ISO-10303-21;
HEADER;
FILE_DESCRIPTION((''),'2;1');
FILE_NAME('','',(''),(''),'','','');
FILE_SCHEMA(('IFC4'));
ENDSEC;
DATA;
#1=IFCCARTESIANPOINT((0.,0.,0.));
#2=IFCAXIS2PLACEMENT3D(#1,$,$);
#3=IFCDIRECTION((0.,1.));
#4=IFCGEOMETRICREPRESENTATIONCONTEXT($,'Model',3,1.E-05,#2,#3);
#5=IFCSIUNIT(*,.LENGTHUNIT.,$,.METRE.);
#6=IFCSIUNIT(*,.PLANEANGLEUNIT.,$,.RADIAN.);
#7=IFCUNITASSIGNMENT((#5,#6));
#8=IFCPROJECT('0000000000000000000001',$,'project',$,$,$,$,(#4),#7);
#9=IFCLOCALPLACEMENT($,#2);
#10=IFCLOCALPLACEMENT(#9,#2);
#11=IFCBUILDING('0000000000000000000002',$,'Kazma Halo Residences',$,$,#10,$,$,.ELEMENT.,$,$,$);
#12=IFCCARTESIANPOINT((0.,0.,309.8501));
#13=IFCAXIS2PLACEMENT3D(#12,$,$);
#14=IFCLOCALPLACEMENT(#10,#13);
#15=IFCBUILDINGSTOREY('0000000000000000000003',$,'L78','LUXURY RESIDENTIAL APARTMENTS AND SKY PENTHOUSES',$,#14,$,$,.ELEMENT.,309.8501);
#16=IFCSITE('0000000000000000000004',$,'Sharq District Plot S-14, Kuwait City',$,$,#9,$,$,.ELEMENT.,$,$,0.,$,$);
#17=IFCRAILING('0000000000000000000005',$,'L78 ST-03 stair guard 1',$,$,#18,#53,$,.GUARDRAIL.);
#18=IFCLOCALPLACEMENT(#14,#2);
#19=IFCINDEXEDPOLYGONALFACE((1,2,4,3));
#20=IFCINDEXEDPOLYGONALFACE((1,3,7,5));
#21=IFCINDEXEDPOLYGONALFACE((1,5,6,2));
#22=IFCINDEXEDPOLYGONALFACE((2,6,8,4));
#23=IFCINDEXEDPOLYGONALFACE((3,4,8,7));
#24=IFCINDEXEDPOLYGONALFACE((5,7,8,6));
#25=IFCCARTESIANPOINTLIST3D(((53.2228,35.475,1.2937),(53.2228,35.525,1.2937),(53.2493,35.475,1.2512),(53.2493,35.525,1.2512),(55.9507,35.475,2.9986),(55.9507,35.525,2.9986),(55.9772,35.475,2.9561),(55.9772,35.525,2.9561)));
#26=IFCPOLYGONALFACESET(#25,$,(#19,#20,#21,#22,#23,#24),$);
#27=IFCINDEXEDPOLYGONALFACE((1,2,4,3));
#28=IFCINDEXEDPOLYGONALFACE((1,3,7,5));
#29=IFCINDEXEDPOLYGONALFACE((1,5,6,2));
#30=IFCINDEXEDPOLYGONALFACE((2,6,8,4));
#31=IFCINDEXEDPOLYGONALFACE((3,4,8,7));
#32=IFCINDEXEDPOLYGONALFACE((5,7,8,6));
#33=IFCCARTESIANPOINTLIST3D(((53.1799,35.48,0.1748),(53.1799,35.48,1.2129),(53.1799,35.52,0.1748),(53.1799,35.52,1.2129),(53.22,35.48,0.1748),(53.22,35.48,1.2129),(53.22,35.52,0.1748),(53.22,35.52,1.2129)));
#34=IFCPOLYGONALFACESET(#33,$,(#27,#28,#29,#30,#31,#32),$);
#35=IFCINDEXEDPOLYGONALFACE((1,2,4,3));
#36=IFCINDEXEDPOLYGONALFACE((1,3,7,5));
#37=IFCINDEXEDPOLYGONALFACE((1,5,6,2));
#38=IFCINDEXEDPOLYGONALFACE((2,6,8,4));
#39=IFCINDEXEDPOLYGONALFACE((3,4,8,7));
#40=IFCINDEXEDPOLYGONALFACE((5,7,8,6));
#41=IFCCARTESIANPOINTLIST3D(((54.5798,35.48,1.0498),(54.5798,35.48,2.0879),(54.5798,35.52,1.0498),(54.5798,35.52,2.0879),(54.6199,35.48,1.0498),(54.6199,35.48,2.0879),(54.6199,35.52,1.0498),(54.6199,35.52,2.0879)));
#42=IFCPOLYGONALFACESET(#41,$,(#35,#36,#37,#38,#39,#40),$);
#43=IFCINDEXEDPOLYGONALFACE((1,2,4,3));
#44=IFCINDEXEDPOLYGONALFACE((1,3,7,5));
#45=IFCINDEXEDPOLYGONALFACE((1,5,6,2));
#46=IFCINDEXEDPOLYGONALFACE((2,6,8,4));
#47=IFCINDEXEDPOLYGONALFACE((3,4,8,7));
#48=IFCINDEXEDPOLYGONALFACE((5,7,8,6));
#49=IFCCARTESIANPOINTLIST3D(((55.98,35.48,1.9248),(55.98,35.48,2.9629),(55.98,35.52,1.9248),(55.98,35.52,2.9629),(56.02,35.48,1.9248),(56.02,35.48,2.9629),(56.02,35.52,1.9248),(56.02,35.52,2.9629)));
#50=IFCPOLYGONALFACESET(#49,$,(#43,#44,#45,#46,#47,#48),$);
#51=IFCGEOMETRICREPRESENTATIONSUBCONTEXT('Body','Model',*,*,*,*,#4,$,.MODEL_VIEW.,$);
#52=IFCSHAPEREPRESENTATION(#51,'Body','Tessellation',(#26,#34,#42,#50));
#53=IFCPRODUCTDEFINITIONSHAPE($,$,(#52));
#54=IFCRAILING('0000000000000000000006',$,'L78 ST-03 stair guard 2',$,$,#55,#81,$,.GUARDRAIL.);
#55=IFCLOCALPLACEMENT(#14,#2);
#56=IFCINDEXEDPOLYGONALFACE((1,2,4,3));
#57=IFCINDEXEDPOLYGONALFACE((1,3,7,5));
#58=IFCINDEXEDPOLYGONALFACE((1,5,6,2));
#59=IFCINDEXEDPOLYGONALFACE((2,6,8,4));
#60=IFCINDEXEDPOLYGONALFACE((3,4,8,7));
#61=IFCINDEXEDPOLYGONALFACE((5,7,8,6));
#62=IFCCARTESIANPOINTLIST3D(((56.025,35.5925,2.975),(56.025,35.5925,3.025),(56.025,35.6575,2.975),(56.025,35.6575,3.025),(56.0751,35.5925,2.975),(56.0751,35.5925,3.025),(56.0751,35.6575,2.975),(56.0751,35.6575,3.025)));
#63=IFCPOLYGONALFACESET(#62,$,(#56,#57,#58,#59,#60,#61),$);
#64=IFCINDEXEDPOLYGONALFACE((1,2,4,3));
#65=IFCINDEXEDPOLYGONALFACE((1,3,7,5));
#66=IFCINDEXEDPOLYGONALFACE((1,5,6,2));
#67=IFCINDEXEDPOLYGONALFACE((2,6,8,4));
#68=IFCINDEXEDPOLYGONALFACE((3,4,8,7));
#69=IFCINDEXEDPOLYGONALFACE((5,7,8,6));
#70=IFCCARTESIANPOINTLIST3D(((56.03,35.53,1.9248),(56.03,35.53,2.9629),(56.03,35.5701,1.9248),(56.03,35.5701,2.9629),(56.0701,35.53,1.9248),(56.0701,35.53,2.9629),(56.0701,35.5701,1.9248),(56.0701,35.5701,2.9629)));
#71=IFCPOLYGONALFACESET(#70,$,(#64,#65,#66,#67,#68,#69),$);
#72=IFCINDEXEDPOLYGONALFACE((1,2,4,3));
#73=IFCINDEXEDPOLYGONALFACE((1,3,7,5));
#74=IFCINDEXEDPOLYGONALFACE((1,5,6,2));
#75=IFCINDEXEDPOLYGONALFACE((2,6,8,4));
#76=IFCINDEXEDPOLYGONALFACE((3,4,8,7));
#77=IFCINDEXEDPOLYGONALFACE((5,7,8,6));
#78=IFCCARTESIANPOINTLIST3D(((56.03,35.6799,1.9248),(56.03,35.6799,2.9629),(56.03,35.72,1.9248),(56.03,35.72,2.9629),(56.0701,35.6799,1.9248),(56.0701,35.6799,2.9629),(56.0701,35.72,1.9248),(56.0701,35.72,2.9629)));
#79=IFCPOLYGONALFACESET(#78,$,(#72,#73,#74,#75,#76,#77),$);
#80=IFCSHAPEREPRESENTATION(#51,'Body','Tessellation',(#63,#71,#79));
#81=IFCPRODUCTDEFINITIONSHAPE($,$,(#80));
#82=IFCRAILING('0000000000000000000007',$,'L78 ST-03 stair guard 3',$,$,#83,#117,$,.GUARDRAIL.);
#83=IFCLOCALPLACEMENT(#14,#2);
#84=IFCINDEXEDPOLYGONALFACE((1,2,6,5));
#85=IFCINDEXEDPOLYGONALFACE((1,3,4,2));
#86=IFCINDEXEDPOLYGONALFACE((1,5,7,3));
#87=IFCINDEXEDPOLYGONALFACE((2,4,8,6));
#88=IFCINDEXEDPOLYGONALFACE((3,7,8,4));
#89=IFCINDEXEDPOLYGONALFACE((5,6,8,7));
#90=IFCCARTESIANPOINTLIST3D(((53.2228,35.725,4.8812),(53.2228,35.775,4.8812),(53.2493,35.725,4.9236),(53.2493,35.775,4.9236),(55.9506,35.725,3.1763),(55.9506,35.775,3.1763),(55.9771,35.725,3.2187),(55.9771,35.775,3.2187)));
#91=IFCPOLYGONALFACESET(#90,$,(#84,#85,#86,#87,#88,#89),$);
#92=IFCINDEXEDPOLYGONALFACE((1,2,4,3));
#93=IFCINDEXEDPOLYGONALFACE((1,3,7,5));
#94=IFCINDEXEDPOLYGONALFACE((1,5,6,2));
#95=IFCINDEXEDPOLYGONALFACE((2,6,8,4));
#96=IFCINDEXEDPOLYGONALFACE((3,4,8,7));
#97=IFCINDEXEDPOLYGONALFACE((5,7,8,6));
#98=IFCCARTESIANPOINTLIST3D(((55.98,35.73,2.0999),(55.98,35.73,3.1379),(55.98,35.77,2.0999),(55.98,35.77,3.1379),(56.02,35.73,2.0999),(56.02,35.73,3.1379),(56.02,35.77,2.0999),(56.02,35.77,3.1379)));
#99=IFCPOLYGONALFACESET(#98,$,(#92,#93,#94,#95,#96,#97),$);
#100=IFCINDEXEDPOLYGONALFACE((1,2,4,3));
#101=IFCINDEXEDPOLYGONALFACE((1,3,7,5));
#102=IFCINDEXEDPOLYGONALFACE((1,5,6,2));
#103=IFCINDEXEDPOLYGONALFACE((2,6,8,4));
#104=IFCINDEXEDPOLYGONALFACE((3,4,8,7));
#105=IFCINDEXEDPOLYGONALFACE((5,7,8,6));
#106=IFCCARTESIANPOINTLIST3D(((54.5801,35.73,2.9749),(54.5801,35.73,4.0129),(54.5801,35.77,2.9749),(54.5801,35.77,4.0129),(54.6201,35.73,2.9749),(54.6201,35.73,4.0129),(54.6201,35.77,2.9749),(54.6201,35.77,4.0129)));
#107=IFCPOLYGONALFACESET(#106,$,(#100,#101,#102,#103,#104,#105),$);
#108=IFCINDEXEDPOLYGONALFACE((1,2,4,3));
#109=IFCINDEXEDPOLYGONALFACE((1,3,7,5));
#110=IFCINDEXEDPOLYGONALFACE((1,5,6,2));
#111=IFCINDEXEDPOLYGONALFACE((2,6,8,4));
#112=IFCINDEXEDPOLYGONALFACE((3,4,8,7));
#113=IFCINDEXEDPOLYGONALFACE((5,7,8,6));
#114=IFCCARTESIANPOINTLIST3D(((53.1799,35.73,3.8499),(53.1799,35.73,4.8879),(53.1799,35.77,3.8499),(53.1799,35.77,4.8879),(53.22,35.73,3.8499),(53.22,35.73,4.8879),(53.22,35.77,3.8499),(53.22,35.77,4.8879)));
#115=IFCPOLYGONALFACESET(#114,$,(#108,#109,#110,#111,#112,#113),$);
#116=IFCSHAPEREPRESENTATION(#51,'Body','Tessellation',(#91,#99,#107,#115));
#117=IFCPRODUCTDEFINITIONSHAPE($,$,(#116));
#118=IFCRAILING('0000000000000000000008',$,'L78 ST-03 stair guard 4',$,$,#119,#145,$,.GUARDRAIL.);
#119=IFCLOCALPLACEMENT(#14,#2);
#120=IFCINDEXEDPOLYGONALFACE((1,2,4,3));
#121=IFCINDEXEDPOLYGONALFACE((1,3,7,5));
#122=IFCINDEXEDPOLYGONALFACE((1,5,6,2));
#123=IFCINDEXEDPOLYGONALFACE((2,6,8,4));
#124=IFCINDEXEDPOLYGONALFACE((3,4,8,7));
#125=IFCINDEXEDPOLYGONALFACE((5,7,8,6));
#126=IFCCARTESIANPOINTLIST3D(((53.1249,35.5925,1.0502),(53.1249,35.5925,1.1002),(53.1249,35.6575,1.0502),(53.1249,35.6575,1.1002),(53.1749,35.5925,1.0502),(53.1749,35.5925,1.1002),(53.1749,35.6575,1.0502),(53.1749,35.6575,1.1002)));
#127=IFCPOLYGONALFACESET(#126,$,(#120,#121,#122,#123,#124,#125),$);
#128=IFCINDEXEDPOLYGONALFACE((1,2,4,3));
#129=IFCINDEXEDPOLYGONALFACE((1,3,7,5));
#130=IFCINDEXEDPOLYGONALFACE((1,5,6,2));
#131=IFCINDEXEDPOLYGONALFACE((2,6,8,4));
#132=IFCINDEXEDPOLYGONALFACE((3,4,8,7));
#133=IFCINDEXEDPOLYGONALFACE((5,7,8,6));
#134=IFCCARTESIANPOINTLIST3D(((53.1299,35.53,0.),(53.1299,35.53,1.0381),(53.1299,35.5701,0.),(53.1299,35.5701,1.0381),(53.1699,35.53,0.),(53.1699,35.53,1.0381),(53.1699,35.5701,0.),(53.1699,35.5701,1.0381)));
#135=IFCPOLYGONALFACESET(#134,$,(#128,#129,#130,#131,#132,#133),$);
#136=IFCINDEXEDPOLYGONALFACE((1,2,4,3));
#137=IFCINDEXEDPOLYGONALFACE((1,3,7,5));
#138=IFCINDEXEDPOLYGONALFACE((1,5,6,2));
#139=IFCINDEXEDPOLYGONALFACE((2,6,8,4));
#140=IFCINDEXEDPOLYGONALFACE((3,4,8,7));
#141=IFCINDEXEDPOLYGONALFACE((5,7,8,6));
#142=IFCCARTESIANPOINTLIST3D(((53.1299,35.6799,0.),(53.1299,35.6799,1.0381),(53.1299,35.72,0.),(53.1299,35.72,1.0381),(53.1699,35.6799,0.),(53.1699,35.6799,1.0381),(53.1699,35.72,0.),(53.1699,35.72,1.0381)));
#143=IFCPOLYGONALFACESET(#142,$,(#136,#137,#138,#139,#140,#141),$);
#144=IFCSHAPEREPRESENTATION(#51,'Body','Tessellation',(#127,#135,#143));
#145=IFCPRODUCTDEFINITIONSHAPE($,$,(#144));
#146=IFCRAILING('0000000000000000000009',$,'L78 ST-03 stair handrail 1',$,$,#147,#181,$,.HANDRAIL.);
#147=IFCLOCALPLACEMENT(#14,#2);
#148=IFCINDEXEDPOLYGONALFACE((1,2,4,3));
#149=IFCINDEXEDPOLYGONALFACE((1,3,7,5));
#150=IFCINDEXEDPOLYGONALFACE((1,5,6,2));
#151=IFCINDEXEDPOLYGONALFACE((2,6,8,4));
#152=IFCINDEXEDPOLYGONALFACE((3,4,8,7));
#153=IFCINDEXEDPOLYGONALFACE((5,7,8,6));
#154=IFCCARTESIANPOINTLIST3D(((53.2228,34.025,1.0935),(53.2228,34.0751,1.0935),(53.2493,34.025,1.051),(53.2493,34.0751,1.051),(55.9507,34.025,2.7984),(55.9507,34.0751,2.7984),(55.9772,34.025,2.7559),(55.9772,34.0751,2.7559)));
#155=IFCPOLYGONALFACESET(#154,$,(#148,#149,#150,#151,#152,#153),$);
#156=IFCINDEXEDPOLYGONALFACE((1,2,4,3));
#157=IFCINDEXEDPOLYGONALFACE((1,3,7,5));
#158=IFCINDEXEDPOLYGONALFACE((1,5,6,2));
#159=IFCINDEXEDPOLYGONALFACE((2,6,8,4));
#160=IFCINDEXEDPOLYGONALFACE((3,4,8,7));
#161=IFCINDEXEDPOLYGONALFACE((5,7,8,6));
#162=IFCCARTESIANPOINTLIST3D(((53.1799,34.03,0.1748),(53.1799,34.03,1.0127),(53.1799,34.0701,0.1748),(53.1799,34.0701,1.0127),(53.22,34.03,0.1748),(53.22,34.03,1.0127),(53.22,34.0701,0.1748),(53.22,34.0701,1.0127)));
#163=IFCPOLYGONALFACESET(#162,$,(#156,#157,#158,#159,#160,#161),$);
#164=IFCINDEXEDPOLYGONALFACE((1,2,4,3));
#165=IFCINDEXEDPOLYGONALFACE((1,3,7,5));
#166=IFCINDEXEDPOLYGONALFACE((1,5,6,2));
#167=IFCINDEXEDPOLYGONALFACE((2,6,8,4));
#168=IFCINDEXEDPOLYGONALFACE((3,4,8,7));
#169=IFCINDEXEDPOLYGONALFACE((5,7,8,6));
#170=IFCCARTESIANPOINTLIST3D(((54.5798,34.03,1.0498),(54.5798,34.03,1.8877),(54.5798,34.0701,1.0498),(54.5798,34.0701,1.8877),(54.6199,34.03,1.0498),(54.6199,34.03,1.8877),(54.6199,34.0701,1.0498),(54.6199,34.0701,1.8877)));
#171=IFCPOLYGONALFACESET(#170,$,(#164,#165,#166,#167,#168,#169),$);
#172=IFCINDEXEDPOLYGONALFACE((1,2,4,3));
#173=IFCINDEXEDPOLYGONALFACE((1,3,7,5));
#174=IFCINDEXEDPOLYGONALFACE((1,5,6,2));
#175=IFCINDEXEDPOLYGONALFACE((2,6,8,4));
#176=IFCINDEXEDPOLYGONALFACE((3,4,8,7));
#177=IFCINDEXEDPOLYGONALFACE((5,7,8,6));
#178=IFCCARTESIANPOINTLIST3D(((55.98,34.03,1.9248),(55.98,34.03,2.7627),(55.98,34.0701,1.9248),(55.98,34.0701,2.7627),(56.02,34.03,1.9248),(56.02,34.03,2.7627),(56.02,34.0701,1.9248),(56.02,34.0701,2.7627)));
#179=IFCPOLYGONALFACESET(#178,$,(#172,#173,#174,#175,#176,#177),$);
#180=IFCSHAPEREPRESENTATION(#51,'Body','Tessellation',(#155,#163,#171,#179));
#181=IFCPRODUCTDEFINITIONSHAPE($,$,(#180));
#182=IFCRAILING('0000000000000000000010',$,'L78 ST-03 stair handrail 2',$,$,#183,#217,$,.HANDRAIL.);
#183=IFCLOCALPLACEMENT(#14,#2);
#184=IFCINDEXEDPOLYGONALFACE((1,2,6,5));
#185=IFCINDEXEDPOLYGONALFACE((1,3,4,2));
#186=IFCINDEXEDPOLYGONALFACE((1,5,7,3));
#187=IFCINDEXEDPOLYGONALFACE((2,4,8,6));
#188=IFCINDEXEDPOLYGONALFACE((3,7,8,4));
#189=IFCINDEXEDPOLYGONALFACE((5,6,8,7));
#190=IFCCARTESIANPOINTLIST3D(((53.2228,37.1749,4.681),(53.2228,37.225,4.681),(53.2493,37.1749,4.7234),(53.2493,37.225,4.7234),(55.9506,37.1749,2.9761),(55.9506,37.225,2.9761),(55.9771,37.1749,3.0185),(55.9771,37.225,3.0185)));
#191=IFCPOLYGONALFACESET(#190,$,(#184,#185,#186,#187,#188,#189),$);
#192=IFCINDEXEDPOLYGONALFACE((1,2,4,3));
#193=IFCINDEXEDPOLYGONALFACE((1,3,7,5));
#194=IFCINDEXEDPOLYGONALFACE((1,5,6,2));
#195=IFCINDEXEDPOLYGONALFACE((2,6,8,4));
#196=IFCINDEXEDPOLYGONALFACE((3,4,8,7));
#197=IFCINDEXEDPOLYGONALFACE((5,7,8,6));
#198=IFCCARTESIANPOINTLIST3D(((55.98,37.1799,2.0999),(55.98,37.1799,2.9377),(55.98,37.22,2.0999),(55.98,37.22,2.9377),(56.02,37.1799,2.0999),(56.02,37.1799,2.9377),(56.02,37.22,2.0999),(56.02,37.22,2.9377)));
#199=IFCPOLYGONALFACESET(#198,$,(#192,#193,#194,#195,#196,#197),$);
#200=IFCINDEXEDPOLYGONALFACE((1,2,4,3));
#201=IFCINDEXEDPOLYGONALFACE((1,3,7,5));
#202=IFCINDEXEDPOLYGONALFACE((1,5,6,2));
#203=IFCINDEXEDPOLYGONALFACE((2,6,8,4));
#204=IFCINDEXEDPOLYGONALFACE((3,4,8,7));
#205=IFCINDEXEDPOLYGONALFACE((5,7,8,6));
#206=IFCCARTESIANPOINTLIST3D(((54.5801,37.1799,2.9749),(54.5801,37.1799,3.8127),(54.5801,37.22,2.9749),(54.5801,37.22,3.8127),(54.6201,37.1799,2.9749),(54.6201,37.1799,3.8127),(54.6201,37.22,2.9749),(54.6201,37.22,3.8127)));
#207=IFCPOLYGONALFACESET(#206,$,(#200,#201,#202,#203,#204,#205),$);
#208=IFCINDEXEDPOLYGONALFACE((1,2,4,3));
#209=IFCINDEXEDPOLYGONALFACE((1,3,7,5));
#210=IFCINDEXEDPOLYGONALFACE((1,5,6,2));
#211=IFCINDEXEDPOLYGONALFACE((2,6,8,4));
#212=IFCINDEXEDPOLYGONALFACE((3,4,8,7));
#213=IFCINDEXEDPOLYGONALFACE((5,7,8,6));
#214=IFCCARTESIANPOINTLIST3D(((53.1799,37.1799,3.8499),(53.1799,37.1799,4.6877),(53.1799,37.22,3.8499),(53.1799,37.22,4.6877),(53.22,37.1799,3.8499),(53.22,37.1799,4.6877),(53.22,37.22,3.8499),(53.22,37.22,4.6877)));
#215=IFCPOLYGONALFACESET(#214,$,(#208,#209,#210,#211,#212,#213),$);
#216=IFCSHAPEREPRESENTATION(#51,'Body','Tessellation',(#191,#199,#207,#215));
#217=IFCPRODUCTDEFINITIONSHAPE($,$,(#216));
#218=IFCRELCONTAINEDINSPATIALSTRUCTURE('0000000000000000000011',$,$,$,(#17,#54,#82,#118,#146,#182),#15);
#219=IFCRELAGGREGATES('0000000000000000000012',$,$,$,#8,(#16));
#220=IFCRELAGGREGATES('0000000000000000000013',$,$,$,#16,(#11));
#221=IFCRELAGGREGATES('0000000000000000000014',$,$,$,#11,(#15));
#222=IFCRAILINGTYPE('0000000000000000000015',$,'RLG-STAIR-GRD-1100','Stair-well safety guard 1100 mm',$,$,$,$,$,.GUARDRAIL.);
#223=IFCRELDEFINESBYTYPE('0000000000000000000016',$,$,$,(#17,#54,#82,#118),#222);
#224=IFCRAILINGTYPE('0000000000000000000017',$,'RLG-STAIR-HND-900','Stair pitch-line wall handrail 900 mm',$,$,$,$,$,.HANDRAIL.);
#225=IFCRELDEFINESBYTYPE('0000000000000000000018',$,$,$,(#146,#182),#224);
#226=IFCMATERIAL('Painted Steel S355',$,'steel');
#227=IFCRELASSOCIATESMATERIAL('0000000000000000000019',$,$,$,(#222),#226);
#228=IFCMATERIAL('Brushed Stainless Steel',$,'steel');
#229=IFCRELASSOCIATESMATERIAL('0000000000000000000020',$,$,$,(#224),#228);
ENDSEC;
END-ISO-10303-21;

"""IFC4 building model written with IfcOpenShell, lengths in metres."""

from ifc_helpers import new_model, si_unit, direction, frame, origin, origin_2d, place, context, subcontext, project, spatial, rectangle, extrude, material, type_object, element, save


model = new_model("IFC4")

# Units and contexts
model_context = context("Model", 3, precision=1e-05, world=origin(), true_north=direction((0.0, 1.0)))
body_context = subcontext(model_context, "Body", "Model", "MODEL_VIEW")
ifc_project = project(units=[si_unit("LENGTHUNIT", "METRE"), si_unit("PLANEANGLEUNIT", "RADIAN")], contexts=[model_context])

# Site, building, storey
site_placement = place(None, origin())
site = spatial("IfcSite", under=ifc_project, at=site_placement, Name="Sharq District Plot S-14, Kuwait City", CompositionType="ELEMENT", RefElevation=0.0)
building_placement = place(site_placement, origin())
building = spatial("IfcBuilding", under=site, at=building_placement, Name="Kazma Halo Residences", CompositionType="ELEMENT")
storey_placement = place(building_placement, frame((0.0, 0.0, 309.8501)))
storey = spatial("IfcBuildingStorey", under=building, at=storey_placement, Name="L78", Description="LUXURY RESIDENTIAL APARTMENTS AND SKY PENTHOUSES", CompositionType="ELEMENT", Elevation=309.8501)

# Railings
ifc_material_1 = material(Name="Painted Steel S355", Category="steel")
railing_type_1 = type_object("IfcRailingType", Name="RLG-STAIR-GRD-1100", Description="Stair-well safety guard 1100 mm", PredefinedType="GUARDRAIL", material=ifc_material_1)
railing_1_placement = place(storey_placement, frame((53.2, 35.5, 0.1748)))
element("IfcRailing", 1, at=railing_1_placement, inside=storey, type_object=railing_type_1, Name="L78 ST-03 stair guard 1", PredefinedType="GUARDRAIL", context=body_context, shape_type="SweptSolid", body=[
    extrude(rectangle(XDim=0.05, YDim=0.05, at=origin_2d()), frame((0.0361, 0.0, 1.0977), z_axis=(0.848002, 0.0, 0.529992), x_axis=(0.0, 1.0, 0.0)), (0.0, 0.0, 1.0), 3.2168),
    extrude(rectangle(XDim=0.04, YDim=0.04, at=origin_2d()), origin(), (0.0, 0.0, 1.0), 1.0381),
    extrude(rectangle(XDim=0.04, YDim=0.04, at=origin_2d()), frame((1.3999, 0.0, 0.875)), (0.0, 0.0, 1.0), 1.0381),
    extrude(rectangle(XDim=0.04, YDim=0.04, at=origin_2d()), frame((2.8, 0.0, 1.75)), (0.0, 0.0, 1.0), 1.0381),
])
railing_2_placement = place(storey_placement, frame((56.05, 35.55, 1.9248)))
element("IfcRailing", 2, at=railing_2_placement, inside=storey, type_object=railing_type_1, Name="L78 ST-03 stair guard 2", PredefinedType="GUARDRAIL", context=body_context, shape_type="SweptSolid", body=[
    extrude(rectangle(XDim=0.05, YDim=0.05, at=origin_2d()), frame((0.0, 0.0425, 1.0752), z_axis=(0.0, 1.0, 0.0), x_axis=(-1.0, 0.0, 0.0)), (0.0, 0.0, 1.0), 0.0649),
    extrude(rectangle(XDim=0.04, YDim=0.04, at=origin_2d()), origin(), (0.0, 0.0, 1.0), 1.0381),
    extrude(rectangle(XDim=0.04, YDim=0.04, at=origin_2d()), frame((0.0, 0.1499, 0.0)), (0.0, 0.0, 1.0), 1.0381),
])
railing_3_placement = place(storey_placement, frame((56.0, 35.75, 2.0999)))
element("IfcRailing", 3, at=railing_3_placement, inside=storey, type_object=railing_type_1, Name="L78 ST-03 stair guard 3", PredefinedType="GUARDRAIL", context=body_context, shape_type="SweptSolid", body=[
    extrude(rectangle(XDim=0.05, YDim=0.05, at=origin_2d()), frame((-0.0361, 0.0, 1.0977), z_axis=(-0.848002, 0.0, 0.529992), x_axis=(0.0, -1.0, 0.0)), (0.0, 0.0, 1.0), 3.2168),
    extrude(rectangle(XDim=0.04, YDim=0.04, at=origin_2d()), origin(), (0.0, 0.0, 1.0), 1.0381),
    extrude(rectangle(XDim=0.04, YDim=0.04, at=origin_2d()), frame((-1.3999, 0.0, 0.875)), (0.0, 0.0, 1.0), 1.0381),
    extrude(rectangle(XDim=0.04, YDim=0.04, at=origin_2d()), frame((-2.8, 0.0, 1.75)), (0.0, 0.0, 1.0), 1.0381),
])
railing_4_placement = place(storey_placement, frame((53.1499, 35.55, 0.0)))
element("IfcRailing", 4, at=railing_4_placement, inside=storey, type_object=railing_type_1, Name="L78 ST-03 stair guard 4", PredefinedType="GUARDRAIL", context=body_context, shape_type="SweptSolid", body=[
    extrude(rectangle(XDim=0.05, YDim=0.05, at=origin_2d()), frame((0.0, 0.0425, 1.0752), z_axis=(0.0, 1.0, 0.0), x_axis=(-1.0, 0.0, 0.0)), (0.0, 0.0, 1.0), 0.0649),
    extrude(rectangle(XDim=0.04, YDim=0.04, at=origin_2d()), origin(), (0.0, 0.0, 1.0), 1.0381),
    extrude(rectangle(XDim=0.04, YDim=0.04, at=origin_2d()), frame((0.0, 0.1499, 0.0)), (0.0, 0.0, 1.0), 1.0381),
])
ifc_material_2 = material(Name="Brushed Stainless Steel", Category="steel")
railing_type_2 = type_object("IfcRailingType", Name="RLG-STAIR-HND-900", Description="Stair pitch-line wall handrail 900 mm", PredefinedType="HANDRAIL", material=ifc_material_2)
railing_5_placement = place(storey_placement, frame((53.2, 34.05, 0.1748)))
element("IfcRailing", 5, at=railing_5_placement, inside=storey, type_object=railing_type_2, Name="L78 ST-03 stair handrail 1", PredefinedType="HANDRAIL", context=body_context, shape_type="SweptSolid", body=[
    extrude(rectangle(XDim=0.05, YDim=0.05, at=origin_2d()), frame((0.0361, 0.0, 0.8975), z_axis=(0.848002, 0.0, 0.529992), x_axis=(0.0, 1.0, 0.0)), (0.0, 0.0, 1.0), 3.2168),
    extrude(rectangle(XDim=0.04, YDim=0.04, at=origin_2d()), origin(), (0.0, 0.0, 1.0), 0.8379),
    extrude(rectangle(XDim=0.04, YDim=0.04, at=origin_2d()), frame((1.3999, 0.0, 0.875)), (0.0, 0.0, 1.0), 0.8379),
    extrude(rectangle(XDim=0.04, YDim=0.04, at=origin_2d()), frame((2.8, 0.0, 1.75)), (0.0, 0.0, 1.0), 0.8379),
])
railing_6_placement = place(storey_placement, frame((56.0, 37.2, 2.0999)))
element("IfcRailing", 6, at=railing_6_placement, inside=storey, type_object=railing_type_2, Name="L78 ST-03 stair handrail 2", PredefinedType="HANDRAIL", context=body_context, shape_type="SweptSolid", body=[
    extrude(rectangle(XDim=0.05, YDim=0.05, at=origin_2d()), frame((-0.0361, 0.0, 0.8975), z_axis=(-0.848002, 0.0, 0.529992), x_axis=(0.0, -1.0, 0.0)), (0.0, 0.0, 1.0), 3.2168),
    extrude(rectangle(XDim=0.04, YDim=0.04, at=origin_2d()), origin(), (0.0, 0.0, 1.0), 0.8379),
    extrude(rectangle(XDim=0.04, YDim=0.04, at=origin_2d()), frame((-1.3999, 0.0, 0.875)), (0.0, 0.0, 1.0), 0.8379),
    extrude(rectangle(XDim=0.04, YDim=0.04, at=origin_2d()), frame((-2.8, 0.0, 1.75)), (0.0, 0.0, 1.0), 0.8379),
])

save(model, "model.ifc")
